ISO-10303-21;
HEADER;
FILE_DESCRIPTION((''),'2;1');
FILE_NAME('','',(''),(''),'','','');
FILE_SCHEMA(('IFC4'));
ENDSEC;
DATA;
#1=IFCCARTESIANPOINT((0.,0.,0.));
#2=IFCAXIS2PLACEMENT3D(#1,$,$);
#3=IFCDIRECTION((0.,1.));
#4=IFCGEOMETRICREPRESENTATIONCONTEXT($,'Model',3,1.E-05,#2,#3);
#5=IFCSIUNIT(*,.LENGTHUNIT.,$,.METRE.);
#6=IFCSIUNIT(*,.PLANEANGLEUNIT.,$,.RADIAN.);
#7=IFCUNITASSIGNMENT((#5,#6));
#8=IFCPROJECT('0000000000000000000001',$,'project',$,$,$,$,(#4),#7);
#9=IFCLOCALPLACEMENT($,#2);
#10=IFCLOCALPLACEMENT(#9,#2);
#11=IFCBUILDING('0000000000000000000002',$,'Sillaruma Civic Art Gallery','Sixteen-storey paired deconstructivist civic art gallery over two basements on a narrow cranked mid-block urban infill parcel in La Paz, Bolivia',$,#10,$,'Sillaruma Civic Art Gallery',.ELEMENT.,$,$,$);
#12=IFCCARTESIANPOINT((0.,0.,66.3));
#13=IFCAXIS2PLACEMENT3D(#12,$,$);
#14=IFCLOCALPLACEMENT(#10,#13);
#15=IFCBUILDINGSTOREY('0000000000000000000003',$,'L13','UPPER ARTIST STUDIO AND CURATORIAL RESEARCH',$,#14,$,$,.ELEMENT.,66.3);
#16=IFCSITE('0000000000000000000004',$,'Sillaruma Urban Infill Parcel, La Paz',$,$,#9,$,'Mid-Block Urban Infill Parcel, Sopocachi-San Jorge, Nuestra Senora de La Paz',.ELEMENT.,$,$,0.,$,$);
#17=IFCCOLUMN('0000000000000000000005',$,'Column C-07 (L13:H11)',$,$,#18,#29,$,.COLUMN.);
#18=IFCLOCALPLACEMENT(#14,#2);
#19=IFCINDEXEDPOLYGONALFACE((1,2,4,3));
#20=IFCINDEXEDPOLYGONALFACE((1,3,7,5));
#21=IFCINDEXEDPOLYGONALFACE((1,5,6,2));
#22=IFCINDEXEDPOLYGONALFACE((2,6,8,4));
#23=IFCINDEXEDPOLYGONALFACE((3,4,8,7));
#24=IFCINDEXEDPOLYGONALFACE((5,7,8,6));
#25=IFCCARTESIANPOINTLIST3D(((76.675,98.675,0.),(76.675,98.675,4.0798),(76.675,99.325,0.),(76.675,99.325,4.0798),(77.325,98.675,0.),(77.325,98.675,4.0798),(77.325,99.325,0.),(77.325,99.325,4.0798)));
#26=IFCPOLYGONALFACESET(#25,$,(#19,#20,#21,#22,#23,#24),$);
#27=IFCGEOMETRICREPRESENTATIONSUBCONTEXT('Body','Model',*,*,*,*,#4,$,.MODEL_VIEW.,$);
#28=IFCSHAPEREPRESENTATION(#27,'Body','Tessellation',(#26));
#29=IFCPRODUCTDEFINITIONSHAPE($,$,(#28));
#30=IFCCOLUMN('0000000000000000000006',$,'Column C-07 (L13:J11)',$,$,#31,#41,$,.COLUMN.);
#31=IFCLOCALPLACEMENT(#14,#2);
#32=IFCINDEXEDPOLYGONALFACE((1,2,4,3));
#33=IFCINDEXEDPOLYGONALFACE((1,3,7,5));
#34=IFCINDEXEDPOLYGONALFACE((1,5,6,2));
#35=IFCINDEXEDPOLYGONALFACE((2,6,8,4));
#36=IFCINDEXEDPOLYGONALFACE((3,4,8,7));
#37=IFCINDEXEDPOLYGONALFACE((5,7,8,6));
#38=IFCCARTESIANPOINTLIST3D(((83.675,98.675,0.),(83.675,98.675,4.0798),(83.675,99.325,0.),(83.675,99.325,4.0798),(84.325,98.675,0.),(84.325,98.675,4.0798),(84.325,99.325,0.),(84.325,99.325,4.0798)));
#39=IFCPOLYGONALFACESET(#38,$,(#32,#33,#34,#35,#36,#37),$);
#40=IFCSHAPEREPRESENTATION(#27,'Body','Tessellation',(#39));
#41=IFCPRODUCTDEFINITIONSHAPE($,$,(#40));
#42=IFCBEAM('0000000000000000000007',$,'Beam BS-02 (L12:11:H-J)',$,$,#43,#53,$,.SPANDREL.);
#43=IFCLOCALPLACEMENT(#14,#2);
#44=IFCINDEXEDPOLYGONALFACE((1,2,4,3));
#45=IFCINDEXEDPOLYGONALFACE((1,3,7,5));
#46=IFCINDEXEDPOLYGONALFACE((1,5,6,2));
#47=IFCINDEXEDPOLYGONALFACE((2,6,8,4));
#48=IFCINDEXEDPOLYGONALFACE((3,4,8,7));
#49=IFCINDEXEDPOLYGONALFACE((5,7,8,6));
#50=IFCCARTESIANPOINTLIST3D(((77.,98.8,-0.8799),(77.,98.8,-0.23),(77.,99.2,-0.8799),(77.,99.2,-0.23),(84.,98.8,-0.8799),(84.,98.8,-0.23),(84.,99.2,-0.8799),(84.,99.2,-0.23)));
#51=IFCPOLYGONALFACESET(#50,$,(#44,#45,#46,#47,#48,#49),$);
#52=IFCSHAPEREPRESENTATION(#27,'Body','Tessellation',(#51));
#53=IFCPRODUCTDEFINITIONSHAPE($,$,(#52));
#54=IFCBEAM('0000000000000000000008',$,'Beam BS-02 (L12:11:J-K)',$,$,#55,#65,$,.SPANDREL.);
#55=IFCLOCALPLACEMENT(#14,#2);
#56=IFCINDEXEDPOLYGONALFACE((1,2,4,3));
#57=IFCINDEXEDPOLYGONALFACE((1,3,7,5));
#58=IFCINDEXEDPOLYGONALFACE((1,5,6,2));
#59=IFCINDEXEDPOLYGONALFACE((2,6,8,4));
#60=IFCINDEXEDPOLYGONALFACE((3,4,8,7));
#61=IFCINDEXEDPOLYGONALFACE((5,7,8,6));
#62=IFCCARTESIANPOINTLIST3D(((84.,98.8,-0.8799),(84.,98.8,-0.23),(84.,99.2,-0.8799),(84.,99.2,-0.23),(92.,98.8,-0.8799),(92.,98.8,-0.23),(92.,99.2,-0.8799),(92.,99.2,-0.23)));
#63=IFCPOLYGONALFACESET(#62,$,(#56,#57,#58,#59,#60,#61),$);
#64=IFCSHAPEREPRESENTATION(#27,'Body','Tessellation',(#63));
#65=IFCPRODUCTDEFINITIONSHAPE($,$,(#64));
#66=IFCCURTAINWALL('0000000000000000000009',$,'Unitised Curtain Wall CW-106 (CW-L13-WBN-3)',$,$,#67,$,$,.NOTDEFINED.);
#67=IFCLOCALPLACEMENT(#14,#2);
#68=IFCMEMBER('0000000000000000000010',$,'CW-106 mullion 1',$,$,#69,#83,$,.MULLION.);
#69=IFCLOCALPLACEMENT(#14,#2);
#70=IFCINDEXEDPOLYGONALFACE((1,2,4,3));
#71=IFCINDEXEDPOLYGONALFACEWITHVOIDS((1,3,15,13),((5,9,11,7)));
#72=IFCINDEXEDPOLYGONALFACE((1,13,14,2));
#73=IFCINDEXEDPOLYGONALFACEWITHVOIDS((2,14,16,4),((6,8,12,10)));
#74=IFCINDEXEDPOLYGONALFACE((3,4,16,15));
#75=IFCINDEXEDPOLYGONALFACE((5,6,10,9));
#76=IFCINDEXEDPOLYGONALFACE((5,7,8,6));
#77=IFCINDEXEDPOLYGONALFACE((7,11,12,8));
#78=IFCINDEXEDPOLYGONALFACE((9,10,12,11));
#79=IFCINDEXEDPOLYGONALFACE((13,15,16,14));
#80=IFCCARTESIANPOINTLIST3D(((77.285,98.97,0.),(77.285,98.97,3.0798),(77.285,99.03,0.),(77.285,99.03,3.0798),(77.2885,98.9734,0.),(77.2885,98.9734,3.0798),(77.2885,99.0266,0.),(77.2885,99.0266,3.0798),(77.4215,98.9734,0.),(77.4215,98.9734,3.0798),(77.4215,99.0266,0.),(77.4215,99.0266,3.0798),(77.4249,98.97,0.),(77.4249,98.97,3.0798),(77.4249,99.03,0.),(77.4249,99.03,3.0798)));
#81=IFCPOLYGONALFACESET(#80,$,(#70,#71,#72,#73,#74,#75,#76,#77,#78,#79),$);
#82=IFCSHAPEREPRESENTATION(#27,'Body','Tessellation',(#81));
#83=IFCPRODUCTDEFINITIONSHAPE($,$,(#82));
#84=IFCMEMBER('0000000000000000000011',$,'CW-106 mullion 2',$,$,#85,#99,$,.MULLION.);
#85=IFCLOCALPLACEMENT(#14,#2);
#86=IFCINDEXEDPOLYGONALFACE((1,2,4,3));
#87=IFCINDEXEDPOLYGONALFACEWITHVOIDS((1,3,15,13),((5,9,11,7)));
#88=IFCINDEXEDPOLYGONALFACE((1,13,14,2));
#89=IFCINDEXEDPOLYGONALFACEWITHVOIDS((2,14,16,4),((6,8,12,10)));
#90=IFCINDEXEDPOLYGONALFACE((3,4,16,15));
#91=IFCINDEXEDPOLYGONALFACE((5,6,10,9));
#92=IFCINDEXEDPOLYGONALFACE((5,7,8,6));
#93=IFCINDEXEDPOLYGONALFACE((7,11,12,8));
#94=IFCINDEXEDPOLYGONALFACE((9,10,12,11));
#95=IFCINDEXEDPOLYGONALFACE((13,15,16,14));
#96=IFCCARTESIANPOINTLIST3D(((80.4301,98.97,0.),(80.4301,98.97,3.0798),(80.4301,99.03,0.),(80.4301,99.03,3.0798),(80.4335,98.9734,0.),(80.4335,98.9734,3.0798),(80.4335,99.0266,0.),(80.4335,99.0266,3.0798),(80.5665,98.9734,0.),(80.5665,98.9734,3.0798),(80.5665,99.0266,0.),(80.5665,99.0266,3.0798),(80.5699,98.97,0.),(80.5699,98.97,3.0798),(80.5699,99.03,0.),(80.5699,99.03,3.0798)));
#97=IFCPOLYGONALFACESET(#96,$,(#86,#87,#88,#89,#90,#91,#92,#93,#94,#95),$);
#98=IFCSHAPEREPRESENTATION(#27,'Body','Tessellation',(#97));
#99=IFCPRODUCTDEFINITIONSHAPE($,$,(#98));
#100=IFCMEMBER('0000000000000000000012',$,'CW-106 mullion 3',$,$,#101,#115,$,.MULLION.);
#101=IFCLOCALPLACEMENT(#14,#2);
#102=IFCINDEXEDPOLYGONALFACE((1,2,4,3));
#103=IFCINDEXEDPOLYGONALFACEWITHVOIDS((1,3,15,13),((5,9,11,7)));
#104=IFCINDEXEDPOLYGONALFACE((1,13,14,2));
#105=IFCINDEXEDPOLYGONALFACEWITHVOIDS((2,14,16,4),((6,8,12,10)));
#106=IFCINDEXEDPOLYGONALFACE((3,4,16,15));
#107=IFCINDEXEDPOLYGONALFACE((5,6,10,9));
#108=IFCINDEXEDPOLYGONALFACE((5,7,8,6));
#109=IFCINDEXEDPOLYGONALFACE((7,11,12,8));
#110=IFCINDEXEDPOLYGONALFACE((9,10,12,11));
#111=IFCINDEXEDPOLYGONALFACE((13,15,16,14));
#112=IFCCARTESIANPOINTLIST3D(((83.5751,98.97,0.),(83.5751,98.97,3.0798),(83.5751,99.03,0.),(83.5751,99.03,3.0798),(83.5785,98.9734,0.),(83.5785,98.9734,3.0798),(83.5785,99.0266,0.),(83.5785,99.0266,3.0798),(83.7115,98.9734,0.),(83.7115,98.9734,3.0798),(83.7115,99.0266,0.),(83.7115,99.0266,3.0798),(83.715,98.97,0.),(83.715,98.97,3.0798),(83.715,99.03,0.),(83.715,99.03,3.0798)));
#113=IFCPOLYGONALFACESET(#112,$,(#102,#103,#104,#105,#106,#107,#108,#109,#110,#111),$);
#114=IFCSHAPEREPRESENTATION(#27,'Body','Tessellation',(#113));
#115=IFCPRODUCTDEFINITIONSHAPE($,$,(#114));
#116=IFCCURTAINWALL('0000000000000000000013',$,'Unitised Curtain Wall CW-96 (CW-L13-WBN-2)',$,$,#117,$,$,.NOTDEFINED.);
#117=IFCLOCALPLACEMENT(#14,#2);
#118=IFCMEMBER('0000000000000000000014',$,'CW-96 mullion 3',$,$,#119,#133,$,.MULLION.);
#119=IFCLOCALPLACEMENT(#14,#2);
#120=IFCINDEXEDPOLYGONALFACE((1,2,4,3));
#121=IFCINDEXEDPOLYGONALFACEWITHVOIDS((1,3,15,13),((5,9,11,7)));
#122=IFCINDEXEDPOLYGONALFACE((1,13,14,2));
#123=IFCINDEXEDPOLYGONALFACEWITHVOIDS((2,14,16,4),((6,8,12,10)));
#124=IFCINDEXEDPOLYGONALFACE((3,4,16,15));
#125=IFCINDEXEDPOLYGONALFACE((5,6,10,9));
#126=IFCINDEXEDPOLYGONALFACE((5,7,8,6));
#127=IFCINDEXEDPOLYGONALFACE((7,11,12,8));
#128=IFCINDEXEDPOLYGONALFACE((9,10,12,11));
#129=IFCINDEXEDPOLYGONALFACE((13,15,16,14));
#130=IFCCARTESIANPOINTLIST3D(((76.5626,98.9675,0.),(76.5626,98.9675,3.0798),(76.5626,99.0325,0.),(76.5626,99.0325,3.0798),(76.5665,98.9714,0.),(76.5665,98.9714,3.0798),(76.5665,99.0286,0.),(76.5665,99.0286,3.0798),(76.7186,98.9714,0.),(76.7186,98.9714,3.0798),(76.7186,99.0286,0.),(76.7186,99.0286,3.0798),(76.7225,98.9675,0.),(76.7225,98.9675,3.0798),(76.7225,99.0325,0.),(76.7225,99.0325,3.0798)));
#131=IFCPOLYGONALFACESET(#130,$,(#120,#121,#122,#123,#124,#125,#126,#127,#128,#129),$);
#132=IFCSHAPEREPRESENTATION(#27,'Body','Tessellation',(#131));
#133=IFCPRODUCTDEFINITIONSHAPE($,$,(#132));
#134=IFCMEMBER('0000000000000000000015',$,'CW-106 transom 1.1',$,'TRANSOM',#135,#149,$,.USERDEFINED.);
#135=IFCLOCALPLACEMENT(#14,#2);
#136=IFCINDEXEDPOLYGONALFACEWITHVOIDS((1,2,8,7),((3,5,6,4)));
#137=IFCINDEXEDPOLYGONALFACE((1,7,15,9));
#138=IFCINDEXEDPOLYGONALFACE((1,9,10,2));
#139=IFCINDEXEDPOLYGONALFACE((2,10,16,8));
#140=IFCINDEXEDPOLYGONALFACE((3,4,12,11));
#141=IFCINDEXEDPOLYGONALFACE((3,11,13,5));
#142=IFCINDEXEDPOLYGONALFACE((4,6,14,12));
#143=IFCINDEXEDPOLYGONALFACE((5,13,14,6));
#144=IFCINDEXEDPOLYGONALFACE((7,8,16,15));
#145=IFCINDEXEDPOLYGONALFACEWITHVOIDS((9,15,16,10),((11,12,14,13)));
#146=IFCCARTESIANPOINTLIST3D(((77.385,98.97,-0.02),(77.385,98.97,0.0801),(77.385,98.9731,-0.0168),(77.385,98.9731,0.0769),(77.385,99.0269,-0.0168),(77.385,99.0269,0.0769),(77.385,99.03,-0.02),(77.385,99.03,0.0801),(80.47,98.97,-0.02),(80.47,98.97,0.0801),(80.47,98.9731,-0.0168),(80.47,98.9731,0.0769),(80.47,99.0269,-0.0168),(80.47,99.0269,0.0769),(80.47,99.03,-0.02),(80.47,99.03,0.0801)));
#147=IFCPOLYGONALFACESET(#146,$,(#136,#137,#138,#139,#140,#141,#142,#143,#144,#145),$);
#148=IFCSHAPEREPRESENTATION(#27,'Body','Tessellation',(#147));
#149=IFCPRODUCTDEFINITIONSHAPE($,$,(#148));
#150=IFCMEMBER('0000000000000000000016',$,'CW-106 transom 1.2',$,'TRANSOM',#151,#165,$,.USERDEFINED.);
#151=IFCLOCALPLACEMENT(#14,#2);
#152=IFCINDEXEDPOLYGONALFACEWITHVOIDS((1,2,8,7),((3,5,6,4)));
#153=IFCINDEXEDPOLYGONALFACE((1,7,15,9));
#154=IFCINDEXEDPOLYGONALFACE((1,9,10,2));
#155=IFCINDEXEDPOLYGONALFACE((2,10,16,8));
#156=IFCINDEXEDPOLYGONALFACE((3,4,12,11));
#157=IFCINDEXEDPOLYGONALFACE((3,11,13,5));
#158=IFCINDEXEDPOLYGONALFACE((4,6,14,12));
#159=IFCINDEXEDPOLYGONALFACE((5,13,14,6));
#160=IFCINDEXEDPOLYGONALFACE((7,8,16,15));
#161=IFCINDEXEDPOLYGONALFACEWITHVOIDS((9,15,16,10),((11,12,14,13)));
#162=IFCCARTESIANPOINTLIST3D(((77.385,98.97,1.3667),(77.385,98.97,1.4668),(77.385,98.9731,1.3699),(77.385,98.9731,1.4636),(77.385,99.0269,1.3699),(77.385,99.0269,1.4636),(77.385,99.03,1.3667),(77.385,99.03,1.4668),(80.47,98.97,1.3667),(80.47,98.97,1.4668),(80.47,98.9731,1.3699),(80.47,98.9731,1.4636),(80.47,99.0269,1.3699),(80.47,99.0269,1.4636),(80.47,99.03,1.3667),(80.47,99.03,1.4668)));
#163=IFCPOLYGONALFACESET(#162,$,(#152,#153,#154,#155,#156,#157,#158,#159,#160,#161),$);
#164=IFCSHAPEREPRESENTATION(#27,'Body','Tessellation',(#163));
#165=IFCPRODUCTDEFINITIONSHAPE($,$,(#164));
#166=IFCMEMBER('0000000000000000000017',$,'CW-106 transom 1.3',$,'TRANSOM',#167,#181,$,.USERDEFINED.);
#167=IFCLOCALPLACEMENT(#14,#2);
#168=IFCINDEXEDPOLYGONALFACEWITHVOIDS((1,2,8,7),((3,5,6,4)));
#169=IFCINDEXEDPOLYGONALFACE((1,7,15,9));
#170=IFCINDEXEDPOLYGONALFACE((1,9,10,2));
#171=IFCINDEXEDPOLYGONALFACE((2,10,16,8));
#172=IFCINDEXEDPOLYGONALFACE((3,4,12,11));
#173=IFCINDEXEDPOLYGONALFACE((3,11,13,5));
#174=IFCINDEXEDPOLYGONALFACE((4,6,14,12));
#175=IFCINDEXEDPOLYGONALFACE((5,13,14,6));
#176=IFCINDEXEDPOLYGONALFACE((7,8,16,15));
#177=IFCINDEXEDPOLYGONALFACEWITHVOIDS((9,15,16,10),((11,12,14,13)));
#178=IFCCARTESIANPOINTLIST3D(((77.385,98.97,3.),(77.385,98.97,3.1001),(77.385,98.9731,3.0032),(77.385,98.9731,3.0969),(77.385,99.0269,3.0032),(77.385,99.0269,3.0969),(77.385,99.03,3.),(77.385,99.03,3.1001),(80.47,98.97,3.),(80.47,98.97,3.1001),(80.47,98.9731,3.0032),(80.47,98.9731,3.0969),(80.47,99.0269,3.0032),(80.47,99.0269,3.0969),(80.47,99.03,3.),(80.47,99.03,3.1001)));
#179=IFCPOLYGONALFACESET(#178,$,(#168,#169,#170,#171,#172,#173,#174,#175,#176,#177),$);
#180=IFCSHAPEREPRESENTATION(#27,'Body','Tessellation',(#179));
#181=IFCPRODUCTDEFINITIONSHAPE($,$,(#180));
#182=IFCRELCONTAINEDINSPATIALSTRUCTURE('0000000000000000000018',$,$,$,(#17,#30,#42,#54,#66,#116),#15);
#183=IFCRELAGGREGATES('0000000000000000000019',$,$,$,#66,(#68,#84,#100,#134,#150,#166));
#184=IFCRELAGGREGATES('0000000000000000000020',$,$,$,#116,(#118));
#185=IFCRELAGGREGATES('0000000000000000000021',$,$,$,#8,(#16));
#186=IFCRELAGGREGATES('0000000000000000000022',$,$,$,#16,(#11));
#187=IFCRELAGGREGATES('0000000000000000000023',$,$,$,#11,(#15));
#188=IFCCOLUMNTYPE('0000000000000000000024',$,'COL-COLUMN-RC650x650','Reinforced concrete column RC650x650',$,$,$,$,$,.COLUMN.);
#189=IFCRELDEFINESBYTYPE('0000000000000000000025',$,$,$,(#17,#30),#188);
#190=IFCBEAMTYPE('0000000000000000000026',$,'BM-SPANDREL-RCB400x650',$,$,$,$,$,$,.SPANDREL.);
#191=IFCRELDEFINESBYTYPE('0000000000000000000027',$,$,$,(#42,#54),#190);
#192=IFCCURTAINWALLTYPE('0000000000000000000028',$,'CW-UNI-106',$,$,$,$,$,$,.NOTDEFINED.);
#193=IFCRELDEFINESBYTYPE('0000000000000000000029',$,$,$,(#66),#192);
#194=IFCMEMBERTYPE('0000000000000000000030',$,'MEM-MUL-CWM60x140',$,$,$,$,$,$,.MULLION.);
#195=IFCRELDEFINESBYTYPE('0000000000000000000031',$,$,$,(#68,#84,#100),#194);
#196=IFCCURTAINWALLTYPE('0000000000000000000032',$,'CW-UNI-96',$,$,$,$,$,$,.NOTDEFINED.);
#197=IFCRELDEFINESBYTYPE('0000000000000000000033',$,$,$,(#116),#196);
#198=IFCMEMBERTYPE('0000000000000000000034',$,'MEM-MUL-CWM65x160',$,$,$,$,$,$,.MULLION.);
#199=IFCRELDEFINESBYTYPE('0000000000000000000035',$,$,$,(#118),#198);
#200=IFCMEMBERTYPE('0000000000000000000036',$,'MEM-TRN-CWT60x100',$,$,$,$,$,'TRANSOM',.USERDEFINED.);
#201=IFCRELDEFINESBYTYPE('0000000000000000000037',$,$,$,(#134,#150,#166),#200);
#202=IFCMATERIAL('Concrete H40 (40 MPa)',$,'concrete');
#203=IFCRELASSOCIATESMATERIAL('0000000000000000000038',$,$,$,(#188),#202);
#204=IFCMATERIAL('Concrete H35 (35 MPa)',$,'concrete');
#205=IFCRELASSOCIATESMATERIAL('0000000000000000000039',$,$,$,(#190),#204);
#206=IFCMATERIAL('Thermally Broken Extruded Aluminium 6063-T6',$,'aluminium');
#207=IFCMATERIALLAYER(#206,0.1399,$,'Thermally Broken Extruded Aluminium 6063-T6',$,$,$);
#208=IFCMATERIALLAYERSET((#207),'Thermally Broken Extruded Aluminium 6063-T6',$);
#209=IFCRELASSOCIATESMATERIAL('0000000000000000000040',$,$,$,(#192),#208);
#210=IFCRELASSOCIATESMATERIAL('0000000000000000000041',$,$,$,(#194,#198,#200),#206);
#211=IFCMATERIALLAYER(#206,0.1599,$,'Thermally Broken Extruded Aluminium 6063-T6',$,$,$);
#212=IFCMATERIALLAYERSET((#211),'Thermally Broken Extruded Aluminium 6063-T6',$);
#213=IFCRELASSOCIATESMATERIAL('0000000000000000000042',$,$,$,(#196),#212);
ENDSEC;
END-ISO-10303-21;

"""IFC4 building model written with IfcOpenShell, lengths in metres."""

from ifc_helpers import new_model, si_unit, direction, frame, origin, origin_2d, place, context, subcontext, project, spatial, rectangle, hollow_rectangle, extrude, material, layer, layer_set, material_profile, profile_set, type_object, element, aggregate, save


model = new_model("IFC4")

# Units and contexts
model_context = context("Model", 3, precision=1e-05, world=origin(), true_north=direction((0.0, 1.0)))
body_context = subcontext(model_context, "Body", "Model", "MODEL_VIEW")
ifc_project = project(units=[si_unit("LENGTHUNIT", "METRE"), si_unit("PLANEANGLEUNIT", "RADIAN")], contexts=[model_context])

# Site, building, storey
site_placement = place(None, origin())
site = spatial("IfcSite", under=ifc_project, at=site_placement, Name="Sillaruma Urban Infill Parcel, La Paz", LongName="Mid-Block Urban Infill Parcel, Sopocachi-San Jorge, Nuestra Senora de La Paz", CompositionType="ELEMENT", RefElevation=0.0)
building_placement = place(site_placement, origin())
building = spatial("IfcBuilding", under=site, at=building_placement, Name="Sillaruma Civic Art Gallery", Description="Sixteen-storey paired deconstructivist civic art gallery over two basements on a narrow cranked mid-block urban infill parcel in La Paz, Bolivia", LongName="Sillaruma Civic Art Gallery", CompositionType="ELEMENT")
storey_placement = place(building_placement, frame((0.0, 0.0, 66.3)))
storey = spatial("IfcBuildingStorey", under=building, at=storey_placement, Name="L13", Description="UPPER ARTIST STUDIO AND CURATORIAL RESEARCH", CompositionType="ELEMENT", Elevation=66.3)

# Columns
ifc_material_1 = material(Name="Concrete H40 (40 MPa)", Category="concrete")
ifc_material_profile_1 = material_profile(ifc_material_1, rectangle(XDim=0.6499, YDim=0.6499, at=origin_2d()), Name="RC650x650")
ifc_profile_set_1 = profile_set([ifc_material_profile_1], Name="Concrete H40 (40 MPa)")
column_type = type_object("IfcColumnType", Name="COL-COLUMN-RC650x650", Description="Reinforced concrete column RC650x650", PredefinedType="COLUMN", material=ifc_profile_set_1)
for number, where, z_axis, x_axis, name in (
    (1, (77.0, 99.0, 0.0), (0.0, 0.0, 1.0), (1.0, 0.0, 0.0), "Column C-07 (L13:H11)"),
    (2, (84.0, 99.0, 0.0), (0.0, 0.0, 1.0), (1.0, 0.0, 0.0), "Column C-07 (L13:J11)"),
):
    element("IfcColumn", number, at=place(storey_placement, frame(where, z_axis=z_axis, x_axis=x_axis)), inside=storey, type_object=column_type, Name=name, PredefinedType="COLUMN", context=body_context, shape_type="SweptSolid", body=[
        extrude(rectangle(XDim=0.6499, YDim=0.6499, at=origin_2d()), origin(), (0.0, 0.0, 1.0), 4.0798),
    ])

# Beams
ifc_material_2 = material(Name="Concrete H35 (35 MPa)", Category="concrete")
ifc_material_profile_2 = material_profile(ifc_material_2, rectangle(XDim=0.3999, YDim=0.6499, at=origin_2d()), Name="RCB400x650")
ifc_profile_set_2 = profile_set([ifc_material_profile_2], Name="Concrete H35 (35 MPa)")
beam_type = type_object("IfcBeamType", Name="BM-SPANDREL-RCB400x650", PredefinedType="SPANDREL", material=ifc_profile_set_2)
beam_1_placement = place(storey_placement, frame((77.0, 99.0, -0.5549), z_axis=(1.0, 0.0, 0.0), x_axis=(0.0, 1.0, 0.0)))
element("IfcBeam", 3, at=beam_1_placement, inside=storey, type_object=beam_type, Name="Beam BS-02 (L12:11:H-J)", PredefinedType="SPANDREL", context=body_context, shape_type="SweptSolid", body=[
    extrude(rectangle(XDim=0.3999, YDim=0.6499, at=origin_2d()), origin(), (0.0, 0.0, 1.0), 7.0),
])
beam_2_placement = place(storey_placement, frame((84.0, 99.0, -0.5549), z_axis=(1.0, 0.0, 0.0), x_axis=(0.0, 1.0, 0.0)))
element("IfcBeam", 4, at=beam_2_placement, inside=storey, type_object=beam_type, Name="Beam BS-02 (L12:11:J-K)", PredefinedType="SPANDREL", context=body_context, shape_type="SweptSolid", body=[
    extrude(rectangle(XDim=0.3999, YDim=0.6499, at=origin_2d()), origin(), (0.0, 0.0, 1.0), 8.0),
])

# Curtain wall, members
ifc_material_3 = material(Name="Thermally Broken Extruded Aluminium 6063-T6", Category="aluminium")
ifc_layer_1 = layer(ifc_material_3, 0.1399, Name="Thermally Broken Extruded Aluminium 6063-T6")
ifc_layer_set_1 = layer_set([ifc_layer_1], Name="Thermally Broken Extruded Aluminium 6063-T6")
curtain_wall_type_1 = type_object("IfcCurtainWallType", Name="CW-UNI-106", PredefinedType="NOTDEFINED", material=ifc_layer_set_1)
curtain_wall_1_placement = place(storey_placement, origin())
curtain_wall_1 = element("IfcCurtainWall", 5, at=curtain_wall_1_placement, inside=storey, type_object=curtain_wall_type_1, Name="Unitised Curtain Wall CW-106 (CW-L13-WBN-3)", PredefinedType="NOTDEFINED")
ifc_material_profile_3 = material_profile(ifc_material_3, hollow_rectangle(XDim=0.0601, YDim=0.1399, WallThickness=0.0034, at=origin_2d()), Name="CWM60x140")
ifc_profile_set_3 = profile_set([ifc_material_profile_3], Name="Thermally Broken Extruded Aluminium 6063-T6")
member_type_1 = type_object("IfcMemberType", Name="MEM-MUL-CWM60x140", PredefinedType="MULLION", material=ifc_profile_set_3)
member_1_placement = place(storey_placement, frame((77.355, 99.0, 0.0), z_axis=(0.0, 0.0, 1.0), x_axis=(0.0, 1.0, 0.0)))
member_1 = element("IfcMember", 6, at=member_1_placement, type_object=member_type_1, Name="CW-106 mullion 1", PredefinedType="MULLION", context=body_context, shape_type="SweptSolid", body=[
    extrude(hollow_rectangle(XDim=0.0601, YDim=0.1399, WallThickness=0.0034, at=origin_2d()), origin(), (0.0, 0.0, 1.0), 3.0798),
])
member_2_placement = place(storey_placement, frame((80.5, 99.0, 0.0), z_axis=(0.0, 0.0, 1.0), x_axis=(0.0, 1.0, 0.0)))
member_2 = element("IfcMember", 7, at=member_2_placement, type_object=member_type_1, Name="CW-106 mullion 2", PredefinedType="MULLION", context=body_context, shape_type="SweptSolid", body=[
    extrude(hollow_rectangle(XDim=0.0601, YDim=0.1399, WallThickness=0.0034, at=origin_2d()), origin(), (0.0, 0.0, 1.0), 3.0798),
])
member_3_placement = place(storey_placement, frame((83.645, 99.0, 0.0), z_axis=(0.0, 0.0, 1.0), x_axis=(0.0, 1.0, 0.0)))
member_3 = element("IfcMember", 8, at=member_3_placement, type_object=member_type_1, Name="CW-106 mullion 3", PredefinedType="MULLION", context=body_context, shape_type="SweptSolid", body=[
    extrude(hollow_rectangle(XDim=0.0601, YDim=0.1399, WallThickness=0.0034, at=origin_2d()), origin(), (0.0, 0.0, 1.0), 3.0798),
])

# Curtain wall, member
ifc_layer_2 = layer(ifc_material_3, 0.1599, Name="Thermally Broken Extruded Aluminium 6063-T6")
ifc_layer_set_2 = layer_set([ifc_layer_2], Name="Thermally Broken Extruded Aluminium 6063-T6")
curtain_wall_type_2 = type_object("IfcCurtainWallType", Name="CW-UNI-96", PredefinedType="NOTDEFINED", material=ifc_layer_set_2)
curtain_wall_2_placement = place(storey_placement, origin())
curtain_wall_2 = element("IfcCurtainWall", 9, at=curtain_wall_2_placement, inside=storey, type_object=curtain_wall_type_2, Name="Unitised Curtain Wall CW-96 (CW-L13-WBN-2)", PredefinedType="NOTDEFINED")
ifc_material_profile_4 = material_profile(ifc_material_3, hollow_rectangle(XDim=0.0649, YDim=0.1599, WallThickness=0.0039, at=origin_2d()), Name="CWM65x160")
ifc_profile_set_4 = profile_set([ifc_material_profile_4], Name="Thermally Broken Extruded Aluminium 6063-T6")
member_type_2 = type_object("IfcMemberType", Name="MEM-MUL-CWM65x160", PredefinedType="MULLION", material=ifc_profile_set_4)
member_4_placement = place(storey_placement, frame((76.6426, 99.0, 0.0), z_axis=(0.0, 0.0, 1.0), x_axis=(0.0, 1.0, 0.0)))
member_4 = element("IfcMember", 10, at=member_4_placement, type_object=member_type_2, Name="CW-96 mullion 3", PredefinedType="MULLION", context=body_context, shape_type="SweptSolid", body=[
    extrude(hollow_rectangle(XDim=0.0649, YDim=0.1599, WallThickness=0.0039, at=origin_2d()), origin(), (0.0, 0.0, 1.0), 3.0798),
])

# Members
ifc_material_profile_5 = material_profile(ifc_material_3, hollow_rectangle(XDim=0.0601, YDim=0.1001, WallThickness=0.0032, at=origin_2d()), Name="CWT60x100")
ifc_profile_set_5 = profile_set([ifc_material_profile_5], Name="Thermally Broken Extruded Aluminium 6063-T6")
member_type_3 = type_object("IfcMemberType", Name="MEM-TRN-CWT60x100", ElementType="TRANSOM", PredefinedType="USERDEFINED", material=ifc_profile_set_5)
member_5_placement = place(storey_placement, frame((77.385, 99.0, 0.03), z_axis=(1.0, 0.0, 0.0), x_axis=(0.0, 1.0, 0.0)))
member_5 = element("IfcMember", 11, at=member_5_placement, type_object=member_type_3, Name="CW-106 transom 1.1", ObjectType="TRANSOM", PredefinedType="USERDEFINED", context=body_context, shape_type="SweptSolid", body=[
    extrude(hollow_rectangle(XDim=0.0601, YDim=0.1001, WallThickness=0.0032, at=origin_2d()), origin(), (0.0, 0.0, 1.0), 3.085),
])
member_6_placement = place(storey_placement, frame((77.385, 99.0, 1.4167), z_axis=(1.0, 0.0, 0.0), x_axis=(0.0, 1.0, 0.0)))
member_6 = element("IfcMember", 12, at=member_6_placement, type_object=member_type_3, Name="CW-106 transom 1.2", ObjectType="TRANSOM", PredefinedType="USERDEFINED", context=body_context, shape_type="SweptSolid", body=[
    extrude(hollow_rectangle(XDim=0.0601, YDim=0.1001, WallThickness=0.0032, at=origin_2d()), origin(), (0.0, 0.0, 1.0), 3.085),
])
member_7_placement = place(storey_placement, frame((77.385, 99.0, 3.05), z_axis=(1.0, 0.0, 0.0), x_axis=(0.0, 1.0, 0.0)))
member_7 = element("IfcMember", 13, at=member_7_placement, type_object=member_type_3, Name="CW-106 transom 1.3", ObjectType="TRANSOM", PredefinedType="USERDEFINED", context=body_context, shape_type="SweptSolid", body=[
    extrude(hollow_rectangle(XDim=0.0601, YDim=0.1001, WallThickness=0.0032, at=origin_2d()), origin(), (0.0, 0.0, 1.0), 3.085),
])

aggregate(curtain_wall_1, [member_1, member_2, member_3, member_5, member_6, member_7])
aggregate(curtain_wall_2, [member_4])

save(model, "model.ifc")
